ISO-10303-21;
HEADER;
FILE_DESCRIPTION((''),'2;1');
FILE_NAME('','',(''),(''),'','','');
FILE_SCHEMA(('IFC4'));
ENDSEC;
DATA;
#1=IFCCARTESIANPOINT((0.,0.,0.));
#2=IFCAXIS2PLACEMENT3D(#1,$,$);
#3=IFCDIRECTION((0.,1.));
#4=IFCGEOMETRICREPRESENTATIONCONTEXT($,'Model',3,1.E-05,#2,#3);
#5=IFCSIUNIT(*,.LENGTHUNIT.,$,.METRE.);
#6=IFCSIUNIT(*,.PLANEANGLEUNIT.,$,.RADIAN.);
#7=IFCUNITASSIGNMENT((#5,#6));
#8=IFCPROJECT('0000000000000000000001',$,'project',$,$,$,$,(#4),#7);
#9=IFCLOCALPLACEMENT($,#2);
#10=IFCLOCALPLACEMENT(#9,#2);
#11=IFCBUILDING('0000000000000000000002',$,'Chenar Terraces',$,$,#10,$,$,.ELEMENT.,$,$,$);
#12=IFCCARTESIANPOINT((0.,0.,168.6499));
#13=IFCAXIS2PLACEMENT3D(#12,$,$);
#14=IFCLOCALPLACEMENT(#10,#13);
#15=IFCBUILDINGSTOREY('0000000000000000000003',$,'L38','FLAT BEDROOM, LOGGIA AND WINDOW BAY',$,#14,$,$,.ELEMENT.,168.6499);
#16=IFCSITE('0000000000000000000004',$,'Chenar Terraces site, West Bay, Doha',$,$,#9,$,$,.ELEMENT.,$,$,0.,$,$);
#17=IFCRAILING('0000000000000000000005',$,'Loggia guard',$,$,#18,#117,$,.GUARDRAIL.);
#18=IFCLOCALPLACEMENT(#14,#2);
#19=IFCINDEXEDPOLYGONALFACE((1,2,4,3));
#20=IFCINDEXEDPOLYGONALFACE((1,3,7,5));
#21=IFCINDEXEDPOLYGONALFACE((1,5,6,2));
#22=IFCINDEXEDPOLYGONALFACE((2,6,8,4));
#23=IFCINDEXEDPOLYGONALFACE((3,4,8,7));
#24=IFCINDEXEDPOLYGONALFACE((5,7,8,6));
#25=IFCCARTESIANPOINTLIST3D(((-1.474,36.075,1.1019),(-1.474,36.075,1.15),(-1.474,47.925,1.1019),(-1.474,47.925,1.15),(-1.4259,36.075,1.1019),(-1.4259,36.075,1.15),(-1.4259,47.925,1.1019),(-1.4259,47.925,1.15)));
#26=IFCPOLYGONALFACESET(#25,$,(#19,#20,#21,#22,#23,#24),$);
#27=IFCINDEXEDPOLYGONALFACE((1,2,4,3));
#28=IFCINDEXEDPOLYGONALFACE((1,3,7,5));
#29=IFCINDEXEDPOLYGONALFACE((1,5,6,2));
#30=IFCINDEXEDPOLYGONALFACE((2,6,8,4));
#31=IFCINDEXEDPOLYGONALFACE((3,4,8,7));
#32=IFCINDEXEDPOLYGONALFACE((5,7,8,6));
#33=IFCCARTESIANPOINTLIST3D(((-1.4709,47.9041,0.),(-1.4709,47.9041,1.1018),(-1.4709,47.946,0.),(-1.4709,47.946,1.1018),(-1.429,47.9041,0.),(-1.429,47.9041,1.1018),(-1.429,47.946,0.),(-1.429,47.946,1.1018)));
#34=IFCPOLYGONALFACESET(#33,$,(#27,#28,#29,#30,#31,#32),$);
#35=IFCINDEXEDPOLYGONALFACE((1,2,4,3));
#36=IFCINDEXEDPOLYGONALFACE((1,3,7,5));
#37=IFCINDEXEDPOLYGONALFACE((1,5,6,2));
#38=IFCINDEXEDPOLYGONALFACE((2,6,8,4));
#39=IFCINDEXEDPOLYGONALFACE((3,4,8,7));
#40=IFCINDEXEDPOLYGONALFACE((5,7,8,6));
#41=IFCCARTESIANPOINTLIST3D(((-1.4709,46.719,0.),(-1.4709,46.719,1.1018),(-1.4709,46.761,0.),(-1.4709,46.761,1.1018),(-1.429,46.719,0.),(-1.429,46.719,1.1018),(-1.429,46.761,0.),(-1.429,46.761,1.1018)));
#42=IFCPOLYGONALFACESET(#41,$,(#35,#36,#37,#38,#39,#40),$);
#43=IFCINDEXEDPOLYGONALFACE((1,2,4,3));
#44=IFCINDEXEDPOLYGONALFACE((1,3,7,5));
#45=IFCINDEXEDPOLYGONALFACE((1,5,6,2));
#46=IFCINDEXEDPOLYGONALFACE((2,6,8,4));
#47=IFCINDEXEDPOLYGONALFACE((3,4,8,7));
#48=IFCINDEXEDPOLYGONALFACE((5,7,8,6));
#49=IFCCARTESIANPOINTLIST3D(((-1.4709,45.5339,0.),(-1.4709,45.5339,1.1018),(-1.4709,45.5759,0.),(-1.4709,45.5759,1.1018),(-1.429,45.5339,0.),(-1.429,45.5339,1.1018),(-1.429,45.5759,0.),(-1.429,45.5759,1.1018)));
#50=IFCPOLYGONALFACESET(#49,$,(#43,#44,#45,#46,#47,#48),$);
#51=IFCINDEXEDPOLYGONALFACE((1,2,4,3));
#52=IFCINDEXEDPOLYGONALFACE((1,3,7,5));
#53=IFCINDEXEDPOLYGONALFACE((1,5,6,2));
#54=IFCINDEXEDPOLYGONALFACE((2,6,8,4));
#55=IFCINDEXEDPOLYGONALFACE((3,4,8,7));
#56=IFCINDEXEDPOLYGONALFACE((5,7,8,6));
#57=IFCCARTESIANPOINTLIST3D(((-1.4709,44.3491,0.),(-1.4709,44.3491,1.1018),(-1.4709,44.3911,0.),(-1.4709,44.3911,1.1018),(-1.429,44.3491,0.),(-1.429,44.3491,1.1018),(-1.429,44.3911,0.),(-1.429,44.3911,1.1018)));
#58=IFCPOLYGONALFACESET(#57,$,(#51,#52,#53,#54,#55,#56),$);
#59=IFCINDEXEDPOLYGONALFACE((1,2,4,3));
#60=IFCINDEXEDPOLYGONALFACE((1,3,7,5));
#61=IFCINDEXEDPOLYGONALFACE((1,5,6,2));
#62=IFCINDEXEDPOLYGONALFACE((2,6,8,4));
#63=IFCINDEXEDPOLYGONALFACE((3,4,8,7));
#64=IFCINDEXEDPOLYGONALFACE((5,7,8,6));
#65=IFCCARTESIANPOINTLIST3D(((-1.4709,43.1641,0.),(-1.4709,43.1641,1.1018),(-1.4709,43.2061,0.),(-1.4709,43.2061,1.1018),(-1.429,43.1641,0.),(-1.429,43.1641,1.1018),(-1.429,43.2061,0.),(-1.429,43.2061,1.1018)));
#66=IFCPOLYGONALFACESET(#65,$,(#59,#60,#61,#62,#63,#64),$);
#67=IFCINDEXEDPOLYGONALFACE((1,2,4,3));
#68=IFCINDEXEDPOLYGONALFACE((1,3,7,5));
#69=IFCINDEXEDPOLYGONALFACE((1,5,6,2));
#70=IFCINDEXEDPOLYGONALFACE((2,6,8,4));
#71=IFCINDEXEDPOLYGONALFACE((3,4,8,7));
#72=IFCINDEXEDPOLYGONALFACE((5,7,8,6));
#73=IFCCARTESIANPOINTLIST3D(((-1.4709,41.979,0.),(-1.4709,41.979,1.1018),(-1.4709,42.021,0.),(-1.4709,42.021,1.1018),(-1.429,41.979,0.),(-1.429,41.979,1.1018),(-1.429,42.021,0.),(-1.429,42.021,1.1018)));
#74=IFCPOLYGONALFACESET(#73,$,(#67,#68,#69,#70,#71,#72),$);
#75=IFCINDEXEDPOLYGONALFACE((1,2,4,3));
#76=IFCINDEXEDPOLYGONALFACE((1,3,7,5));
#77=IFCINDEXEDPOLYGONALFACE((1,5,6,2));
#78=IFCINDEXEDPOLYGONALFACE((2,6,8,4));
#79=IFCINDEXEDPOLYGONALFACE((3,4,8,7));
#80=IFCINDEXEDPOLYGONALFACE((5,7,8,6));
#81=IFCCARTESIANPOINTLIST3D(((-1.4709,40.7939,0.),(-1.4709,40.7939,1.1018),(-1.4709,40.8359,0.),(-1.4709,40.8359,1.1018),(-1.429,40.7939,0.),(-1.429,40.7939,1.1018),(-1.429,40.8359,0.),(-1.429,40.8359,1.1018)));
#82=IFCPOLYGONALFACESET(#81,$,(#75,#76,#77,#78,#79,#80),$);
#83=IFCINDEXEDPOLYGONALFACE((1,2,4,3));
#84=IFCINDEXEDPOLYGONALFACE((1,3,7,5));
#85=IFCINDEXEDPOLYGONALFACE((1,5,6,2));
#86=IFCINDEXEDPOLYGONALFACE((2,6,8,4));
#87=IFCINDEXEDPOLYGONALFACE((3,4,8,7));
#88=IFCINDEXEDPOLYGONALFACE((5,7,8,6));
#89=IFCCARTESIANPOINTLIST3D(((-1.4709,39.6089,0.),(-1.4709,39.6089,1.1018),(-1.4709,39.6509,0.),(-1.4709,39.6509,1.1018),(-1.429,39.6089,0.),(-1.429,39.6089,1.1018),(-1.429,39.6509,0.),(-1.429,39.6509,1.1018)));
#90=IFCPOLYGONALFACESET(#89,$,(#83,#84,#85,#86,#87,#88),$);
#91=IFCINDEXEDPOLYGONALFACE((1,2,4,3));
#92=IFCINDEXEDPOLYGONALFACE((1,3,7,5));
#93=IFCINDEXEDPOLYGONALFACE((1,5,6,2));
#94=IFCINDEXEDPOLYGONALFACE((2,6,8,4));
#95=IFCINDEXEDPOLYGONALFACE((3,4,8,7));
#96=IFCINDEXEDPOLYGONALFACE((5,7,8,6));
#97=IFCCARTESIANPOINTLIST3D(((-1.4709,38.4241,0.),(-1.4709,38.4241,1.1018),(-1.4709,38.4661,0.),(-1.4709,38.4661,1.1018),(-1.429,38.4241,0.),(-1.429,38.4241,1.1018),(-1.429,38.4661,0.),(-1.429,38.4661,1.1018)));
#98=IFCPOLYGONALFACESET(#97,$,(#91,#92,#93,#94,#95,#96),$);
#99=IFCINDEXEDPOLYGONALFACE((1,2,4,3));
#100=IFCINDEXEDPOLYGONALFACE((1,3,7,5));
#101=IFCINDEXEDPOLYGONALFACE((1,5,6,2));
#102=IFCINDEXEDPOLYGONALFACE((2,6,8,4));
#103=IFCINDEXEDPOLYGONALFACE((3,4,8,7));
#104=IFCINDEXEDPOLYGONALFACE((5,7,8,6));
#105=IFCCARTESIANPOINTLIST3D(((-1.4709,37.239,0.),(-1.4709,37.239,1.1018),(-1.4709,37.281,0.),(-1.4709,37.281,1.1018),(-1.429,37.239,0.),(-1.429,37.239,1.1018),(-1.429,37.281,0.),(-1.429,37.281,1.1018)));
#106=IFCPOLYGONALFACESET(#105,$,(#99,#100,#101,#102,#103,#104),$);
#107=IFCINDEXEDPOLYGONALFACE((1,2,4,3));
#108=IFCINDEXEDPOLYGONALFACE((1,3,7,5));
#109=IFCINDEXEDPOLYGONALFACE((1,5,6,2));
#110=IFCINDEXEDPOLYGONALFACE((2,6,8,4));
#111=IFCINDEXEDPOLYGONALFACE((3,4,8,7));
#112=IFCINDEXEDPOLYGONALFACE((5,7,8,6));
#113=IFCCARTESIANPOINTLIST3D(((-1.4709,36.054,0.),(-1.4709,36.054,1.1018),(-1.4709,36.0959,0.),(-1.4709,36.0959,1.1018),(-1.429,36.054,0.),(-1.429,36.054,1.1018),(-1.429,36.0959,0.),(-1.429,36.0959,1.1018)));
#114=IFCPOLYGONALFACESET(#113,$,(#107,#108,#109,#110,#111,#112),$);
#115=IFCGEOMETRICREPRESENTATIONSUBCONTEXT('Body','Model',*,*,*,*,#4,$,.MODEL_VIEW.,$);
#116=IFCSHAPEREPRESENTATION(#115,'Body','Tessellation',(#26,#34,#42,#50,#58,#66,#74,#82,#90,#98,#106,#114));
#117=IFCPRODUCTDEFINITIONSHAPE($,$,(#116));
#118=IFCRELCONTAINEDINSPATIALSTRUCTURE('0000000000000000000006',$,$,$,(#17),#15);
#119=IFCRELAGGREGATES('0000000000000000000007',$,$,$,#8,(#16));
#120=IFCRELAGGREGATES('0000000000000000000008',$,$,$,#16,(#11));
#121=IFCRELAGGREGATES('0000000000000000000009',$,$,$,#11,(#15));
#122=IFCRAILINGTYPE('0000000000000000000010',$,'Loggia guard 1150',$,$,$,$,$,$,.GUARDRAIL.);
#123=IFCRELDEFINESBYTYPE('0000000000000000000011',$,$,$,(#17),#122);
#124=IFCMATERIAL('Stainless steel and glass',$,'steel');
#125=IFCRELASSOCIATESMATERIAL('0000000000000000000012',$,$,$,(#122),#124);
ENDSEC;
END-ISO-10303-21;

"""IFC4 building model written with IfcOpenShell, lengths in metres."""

from ifc_helpers import new_model, si_unit, direction, frame, origin, origin_2d, place, context, subcontext, project, spatial, rectangle, extrude, material, type_object, element, save


model = new_model("IFC4")

# Units and contexts
model_context = context("Model", 3, precision=1e-05, world=origin(), true_north=direction((0.0, 1.0)))
body_context = subcontext(model_context, "Body", "Model", "MODEL_VIEW")
ifc_project = project(units=[si_unit("LENGTHUNIT", "METRE"), si_unit("PLANEANGLEUNIT", "RADIAN")], contexts=[model_context])

# Site, building, storey
site_placement = place(None, origin())
site = spatial("IfcSite", under=ifc_project, at=site_placement, Name="Chenar Terraces site, West Bay, Doha", CompositionType="ELEMENT", RefElevation=0.0)
building_placement = place(site_placement, origin())
building = spatial("IfcBuilding", under=site, at=building_placement, Name="Chenar Terraces", CompositionType="ELEMENT")
storey_placement = place(building_placement, frame((0.0, 0.0, 168.6499)))
storey = spatial("IfcBuildingStorey", under=building, at=storey_placement, Name="L38", Description="FLAT BEDROOM, LOGGIA AND WINDOW BAY", CompositionType="ELEMENT", Elevation=168.6499)

# Railing
ifc_material_1 = material(Name="Stainless steel and glass", Category="steel")
railing_type = type_object("IfcRailingType", Name="Loggia guard 1150", PredefinedType="GUARDRAIL", material=ifc_material_1)
railing_placement = place(storey_placement, frame((-1.45, 47.925, 0.0)))
element("IfcRailing", 1, at=railing_placement, inside=storey, type_object=railing_type, Name="Loggia guard", PredefinedType="GUARDRAIL", context=body_context, shape_type="SweptSolid", body=[
    extrude(rectangle(XDim=0.0481, YDim=0.0481, at=origin_2d()), frame((0.0, 0.0, 1.126), z_axis=(0.0, -1.0, 0.0), x_axis=(1.0, 0.0, 0.0)), (0.0, 0.0, 1.0), 11.8501),
    extrude(rectangle(XDim=0.042, YDim=0.042, at=origin_2d()), origin(), (0.0, 0.0, 1.0), 1.1018),
    extrude(rectangle(XDim=0.042, YDim=0.042, at=origin_2d()), frame((0.0, -1.1851, 0.0)), (0.0, 0.0, 1.0), 1.1018),
    extrude(rectangle(XDim=0.042, YDim=0.042, at=origin_2d()), frame((0.0, -2.3701, 0.0)), (0.0, 0.0, 1.0), 1.1018),
    extrude(rectangle(XDim=0.042, YDim=0.042, at=origin_2d()), frame((0.0, -3.5549, 0.0)), (0.0, 0.0, 1.0), 1.1018),
    extrude(rectangle(XDim=0.042, YDim=0.042, at=origin_2d()), frame((0.0, -4.74, 0.0)), (0.0, 0.0, 1.0), 1.1018),
    extrude(rectangle(XDim=0.042, YDim=0.042, at=origin_2d()), frame((0.0, -5.925, 0.0)), (0.0, 0.0, 1.0), 1.1018),
    extrude(rectangle(XDim=0.042, YDim=0.042, at=origin_2d()), frame((0.0, -7.1101, 0.0)), (0.0, 0.0, 1.0), 1.1018),
    extrude(rectangle(XDim=0.042, YDim=0.042, at=origin_2d()), frame((0.0, -8.2952, 0.0)), (0.0, 0.0, 1.0), 1.1018),
    extrude(rectangle(XDim=0.042, YDim=0.042, at=origin_2d()), frame((0.0, -9.48, 0.0)), (0.0, 0.0, 1.0), 1.1018),
    extrude(rectangle(XDim=0.042, YDim=0.042, at=origin_2d()), frame((0.0, -10.665, 0.0)), (0.0, 0.0, 1.0), 1.1018),
    extrude(rectangle(XDim=0.042, YDim=0.042, at=origin_2d()), frame((0.0, -11.8501, 0.0)), (0.0, 0.0, 1.0), 1.1018),
])

save(model, "model.ifc")
